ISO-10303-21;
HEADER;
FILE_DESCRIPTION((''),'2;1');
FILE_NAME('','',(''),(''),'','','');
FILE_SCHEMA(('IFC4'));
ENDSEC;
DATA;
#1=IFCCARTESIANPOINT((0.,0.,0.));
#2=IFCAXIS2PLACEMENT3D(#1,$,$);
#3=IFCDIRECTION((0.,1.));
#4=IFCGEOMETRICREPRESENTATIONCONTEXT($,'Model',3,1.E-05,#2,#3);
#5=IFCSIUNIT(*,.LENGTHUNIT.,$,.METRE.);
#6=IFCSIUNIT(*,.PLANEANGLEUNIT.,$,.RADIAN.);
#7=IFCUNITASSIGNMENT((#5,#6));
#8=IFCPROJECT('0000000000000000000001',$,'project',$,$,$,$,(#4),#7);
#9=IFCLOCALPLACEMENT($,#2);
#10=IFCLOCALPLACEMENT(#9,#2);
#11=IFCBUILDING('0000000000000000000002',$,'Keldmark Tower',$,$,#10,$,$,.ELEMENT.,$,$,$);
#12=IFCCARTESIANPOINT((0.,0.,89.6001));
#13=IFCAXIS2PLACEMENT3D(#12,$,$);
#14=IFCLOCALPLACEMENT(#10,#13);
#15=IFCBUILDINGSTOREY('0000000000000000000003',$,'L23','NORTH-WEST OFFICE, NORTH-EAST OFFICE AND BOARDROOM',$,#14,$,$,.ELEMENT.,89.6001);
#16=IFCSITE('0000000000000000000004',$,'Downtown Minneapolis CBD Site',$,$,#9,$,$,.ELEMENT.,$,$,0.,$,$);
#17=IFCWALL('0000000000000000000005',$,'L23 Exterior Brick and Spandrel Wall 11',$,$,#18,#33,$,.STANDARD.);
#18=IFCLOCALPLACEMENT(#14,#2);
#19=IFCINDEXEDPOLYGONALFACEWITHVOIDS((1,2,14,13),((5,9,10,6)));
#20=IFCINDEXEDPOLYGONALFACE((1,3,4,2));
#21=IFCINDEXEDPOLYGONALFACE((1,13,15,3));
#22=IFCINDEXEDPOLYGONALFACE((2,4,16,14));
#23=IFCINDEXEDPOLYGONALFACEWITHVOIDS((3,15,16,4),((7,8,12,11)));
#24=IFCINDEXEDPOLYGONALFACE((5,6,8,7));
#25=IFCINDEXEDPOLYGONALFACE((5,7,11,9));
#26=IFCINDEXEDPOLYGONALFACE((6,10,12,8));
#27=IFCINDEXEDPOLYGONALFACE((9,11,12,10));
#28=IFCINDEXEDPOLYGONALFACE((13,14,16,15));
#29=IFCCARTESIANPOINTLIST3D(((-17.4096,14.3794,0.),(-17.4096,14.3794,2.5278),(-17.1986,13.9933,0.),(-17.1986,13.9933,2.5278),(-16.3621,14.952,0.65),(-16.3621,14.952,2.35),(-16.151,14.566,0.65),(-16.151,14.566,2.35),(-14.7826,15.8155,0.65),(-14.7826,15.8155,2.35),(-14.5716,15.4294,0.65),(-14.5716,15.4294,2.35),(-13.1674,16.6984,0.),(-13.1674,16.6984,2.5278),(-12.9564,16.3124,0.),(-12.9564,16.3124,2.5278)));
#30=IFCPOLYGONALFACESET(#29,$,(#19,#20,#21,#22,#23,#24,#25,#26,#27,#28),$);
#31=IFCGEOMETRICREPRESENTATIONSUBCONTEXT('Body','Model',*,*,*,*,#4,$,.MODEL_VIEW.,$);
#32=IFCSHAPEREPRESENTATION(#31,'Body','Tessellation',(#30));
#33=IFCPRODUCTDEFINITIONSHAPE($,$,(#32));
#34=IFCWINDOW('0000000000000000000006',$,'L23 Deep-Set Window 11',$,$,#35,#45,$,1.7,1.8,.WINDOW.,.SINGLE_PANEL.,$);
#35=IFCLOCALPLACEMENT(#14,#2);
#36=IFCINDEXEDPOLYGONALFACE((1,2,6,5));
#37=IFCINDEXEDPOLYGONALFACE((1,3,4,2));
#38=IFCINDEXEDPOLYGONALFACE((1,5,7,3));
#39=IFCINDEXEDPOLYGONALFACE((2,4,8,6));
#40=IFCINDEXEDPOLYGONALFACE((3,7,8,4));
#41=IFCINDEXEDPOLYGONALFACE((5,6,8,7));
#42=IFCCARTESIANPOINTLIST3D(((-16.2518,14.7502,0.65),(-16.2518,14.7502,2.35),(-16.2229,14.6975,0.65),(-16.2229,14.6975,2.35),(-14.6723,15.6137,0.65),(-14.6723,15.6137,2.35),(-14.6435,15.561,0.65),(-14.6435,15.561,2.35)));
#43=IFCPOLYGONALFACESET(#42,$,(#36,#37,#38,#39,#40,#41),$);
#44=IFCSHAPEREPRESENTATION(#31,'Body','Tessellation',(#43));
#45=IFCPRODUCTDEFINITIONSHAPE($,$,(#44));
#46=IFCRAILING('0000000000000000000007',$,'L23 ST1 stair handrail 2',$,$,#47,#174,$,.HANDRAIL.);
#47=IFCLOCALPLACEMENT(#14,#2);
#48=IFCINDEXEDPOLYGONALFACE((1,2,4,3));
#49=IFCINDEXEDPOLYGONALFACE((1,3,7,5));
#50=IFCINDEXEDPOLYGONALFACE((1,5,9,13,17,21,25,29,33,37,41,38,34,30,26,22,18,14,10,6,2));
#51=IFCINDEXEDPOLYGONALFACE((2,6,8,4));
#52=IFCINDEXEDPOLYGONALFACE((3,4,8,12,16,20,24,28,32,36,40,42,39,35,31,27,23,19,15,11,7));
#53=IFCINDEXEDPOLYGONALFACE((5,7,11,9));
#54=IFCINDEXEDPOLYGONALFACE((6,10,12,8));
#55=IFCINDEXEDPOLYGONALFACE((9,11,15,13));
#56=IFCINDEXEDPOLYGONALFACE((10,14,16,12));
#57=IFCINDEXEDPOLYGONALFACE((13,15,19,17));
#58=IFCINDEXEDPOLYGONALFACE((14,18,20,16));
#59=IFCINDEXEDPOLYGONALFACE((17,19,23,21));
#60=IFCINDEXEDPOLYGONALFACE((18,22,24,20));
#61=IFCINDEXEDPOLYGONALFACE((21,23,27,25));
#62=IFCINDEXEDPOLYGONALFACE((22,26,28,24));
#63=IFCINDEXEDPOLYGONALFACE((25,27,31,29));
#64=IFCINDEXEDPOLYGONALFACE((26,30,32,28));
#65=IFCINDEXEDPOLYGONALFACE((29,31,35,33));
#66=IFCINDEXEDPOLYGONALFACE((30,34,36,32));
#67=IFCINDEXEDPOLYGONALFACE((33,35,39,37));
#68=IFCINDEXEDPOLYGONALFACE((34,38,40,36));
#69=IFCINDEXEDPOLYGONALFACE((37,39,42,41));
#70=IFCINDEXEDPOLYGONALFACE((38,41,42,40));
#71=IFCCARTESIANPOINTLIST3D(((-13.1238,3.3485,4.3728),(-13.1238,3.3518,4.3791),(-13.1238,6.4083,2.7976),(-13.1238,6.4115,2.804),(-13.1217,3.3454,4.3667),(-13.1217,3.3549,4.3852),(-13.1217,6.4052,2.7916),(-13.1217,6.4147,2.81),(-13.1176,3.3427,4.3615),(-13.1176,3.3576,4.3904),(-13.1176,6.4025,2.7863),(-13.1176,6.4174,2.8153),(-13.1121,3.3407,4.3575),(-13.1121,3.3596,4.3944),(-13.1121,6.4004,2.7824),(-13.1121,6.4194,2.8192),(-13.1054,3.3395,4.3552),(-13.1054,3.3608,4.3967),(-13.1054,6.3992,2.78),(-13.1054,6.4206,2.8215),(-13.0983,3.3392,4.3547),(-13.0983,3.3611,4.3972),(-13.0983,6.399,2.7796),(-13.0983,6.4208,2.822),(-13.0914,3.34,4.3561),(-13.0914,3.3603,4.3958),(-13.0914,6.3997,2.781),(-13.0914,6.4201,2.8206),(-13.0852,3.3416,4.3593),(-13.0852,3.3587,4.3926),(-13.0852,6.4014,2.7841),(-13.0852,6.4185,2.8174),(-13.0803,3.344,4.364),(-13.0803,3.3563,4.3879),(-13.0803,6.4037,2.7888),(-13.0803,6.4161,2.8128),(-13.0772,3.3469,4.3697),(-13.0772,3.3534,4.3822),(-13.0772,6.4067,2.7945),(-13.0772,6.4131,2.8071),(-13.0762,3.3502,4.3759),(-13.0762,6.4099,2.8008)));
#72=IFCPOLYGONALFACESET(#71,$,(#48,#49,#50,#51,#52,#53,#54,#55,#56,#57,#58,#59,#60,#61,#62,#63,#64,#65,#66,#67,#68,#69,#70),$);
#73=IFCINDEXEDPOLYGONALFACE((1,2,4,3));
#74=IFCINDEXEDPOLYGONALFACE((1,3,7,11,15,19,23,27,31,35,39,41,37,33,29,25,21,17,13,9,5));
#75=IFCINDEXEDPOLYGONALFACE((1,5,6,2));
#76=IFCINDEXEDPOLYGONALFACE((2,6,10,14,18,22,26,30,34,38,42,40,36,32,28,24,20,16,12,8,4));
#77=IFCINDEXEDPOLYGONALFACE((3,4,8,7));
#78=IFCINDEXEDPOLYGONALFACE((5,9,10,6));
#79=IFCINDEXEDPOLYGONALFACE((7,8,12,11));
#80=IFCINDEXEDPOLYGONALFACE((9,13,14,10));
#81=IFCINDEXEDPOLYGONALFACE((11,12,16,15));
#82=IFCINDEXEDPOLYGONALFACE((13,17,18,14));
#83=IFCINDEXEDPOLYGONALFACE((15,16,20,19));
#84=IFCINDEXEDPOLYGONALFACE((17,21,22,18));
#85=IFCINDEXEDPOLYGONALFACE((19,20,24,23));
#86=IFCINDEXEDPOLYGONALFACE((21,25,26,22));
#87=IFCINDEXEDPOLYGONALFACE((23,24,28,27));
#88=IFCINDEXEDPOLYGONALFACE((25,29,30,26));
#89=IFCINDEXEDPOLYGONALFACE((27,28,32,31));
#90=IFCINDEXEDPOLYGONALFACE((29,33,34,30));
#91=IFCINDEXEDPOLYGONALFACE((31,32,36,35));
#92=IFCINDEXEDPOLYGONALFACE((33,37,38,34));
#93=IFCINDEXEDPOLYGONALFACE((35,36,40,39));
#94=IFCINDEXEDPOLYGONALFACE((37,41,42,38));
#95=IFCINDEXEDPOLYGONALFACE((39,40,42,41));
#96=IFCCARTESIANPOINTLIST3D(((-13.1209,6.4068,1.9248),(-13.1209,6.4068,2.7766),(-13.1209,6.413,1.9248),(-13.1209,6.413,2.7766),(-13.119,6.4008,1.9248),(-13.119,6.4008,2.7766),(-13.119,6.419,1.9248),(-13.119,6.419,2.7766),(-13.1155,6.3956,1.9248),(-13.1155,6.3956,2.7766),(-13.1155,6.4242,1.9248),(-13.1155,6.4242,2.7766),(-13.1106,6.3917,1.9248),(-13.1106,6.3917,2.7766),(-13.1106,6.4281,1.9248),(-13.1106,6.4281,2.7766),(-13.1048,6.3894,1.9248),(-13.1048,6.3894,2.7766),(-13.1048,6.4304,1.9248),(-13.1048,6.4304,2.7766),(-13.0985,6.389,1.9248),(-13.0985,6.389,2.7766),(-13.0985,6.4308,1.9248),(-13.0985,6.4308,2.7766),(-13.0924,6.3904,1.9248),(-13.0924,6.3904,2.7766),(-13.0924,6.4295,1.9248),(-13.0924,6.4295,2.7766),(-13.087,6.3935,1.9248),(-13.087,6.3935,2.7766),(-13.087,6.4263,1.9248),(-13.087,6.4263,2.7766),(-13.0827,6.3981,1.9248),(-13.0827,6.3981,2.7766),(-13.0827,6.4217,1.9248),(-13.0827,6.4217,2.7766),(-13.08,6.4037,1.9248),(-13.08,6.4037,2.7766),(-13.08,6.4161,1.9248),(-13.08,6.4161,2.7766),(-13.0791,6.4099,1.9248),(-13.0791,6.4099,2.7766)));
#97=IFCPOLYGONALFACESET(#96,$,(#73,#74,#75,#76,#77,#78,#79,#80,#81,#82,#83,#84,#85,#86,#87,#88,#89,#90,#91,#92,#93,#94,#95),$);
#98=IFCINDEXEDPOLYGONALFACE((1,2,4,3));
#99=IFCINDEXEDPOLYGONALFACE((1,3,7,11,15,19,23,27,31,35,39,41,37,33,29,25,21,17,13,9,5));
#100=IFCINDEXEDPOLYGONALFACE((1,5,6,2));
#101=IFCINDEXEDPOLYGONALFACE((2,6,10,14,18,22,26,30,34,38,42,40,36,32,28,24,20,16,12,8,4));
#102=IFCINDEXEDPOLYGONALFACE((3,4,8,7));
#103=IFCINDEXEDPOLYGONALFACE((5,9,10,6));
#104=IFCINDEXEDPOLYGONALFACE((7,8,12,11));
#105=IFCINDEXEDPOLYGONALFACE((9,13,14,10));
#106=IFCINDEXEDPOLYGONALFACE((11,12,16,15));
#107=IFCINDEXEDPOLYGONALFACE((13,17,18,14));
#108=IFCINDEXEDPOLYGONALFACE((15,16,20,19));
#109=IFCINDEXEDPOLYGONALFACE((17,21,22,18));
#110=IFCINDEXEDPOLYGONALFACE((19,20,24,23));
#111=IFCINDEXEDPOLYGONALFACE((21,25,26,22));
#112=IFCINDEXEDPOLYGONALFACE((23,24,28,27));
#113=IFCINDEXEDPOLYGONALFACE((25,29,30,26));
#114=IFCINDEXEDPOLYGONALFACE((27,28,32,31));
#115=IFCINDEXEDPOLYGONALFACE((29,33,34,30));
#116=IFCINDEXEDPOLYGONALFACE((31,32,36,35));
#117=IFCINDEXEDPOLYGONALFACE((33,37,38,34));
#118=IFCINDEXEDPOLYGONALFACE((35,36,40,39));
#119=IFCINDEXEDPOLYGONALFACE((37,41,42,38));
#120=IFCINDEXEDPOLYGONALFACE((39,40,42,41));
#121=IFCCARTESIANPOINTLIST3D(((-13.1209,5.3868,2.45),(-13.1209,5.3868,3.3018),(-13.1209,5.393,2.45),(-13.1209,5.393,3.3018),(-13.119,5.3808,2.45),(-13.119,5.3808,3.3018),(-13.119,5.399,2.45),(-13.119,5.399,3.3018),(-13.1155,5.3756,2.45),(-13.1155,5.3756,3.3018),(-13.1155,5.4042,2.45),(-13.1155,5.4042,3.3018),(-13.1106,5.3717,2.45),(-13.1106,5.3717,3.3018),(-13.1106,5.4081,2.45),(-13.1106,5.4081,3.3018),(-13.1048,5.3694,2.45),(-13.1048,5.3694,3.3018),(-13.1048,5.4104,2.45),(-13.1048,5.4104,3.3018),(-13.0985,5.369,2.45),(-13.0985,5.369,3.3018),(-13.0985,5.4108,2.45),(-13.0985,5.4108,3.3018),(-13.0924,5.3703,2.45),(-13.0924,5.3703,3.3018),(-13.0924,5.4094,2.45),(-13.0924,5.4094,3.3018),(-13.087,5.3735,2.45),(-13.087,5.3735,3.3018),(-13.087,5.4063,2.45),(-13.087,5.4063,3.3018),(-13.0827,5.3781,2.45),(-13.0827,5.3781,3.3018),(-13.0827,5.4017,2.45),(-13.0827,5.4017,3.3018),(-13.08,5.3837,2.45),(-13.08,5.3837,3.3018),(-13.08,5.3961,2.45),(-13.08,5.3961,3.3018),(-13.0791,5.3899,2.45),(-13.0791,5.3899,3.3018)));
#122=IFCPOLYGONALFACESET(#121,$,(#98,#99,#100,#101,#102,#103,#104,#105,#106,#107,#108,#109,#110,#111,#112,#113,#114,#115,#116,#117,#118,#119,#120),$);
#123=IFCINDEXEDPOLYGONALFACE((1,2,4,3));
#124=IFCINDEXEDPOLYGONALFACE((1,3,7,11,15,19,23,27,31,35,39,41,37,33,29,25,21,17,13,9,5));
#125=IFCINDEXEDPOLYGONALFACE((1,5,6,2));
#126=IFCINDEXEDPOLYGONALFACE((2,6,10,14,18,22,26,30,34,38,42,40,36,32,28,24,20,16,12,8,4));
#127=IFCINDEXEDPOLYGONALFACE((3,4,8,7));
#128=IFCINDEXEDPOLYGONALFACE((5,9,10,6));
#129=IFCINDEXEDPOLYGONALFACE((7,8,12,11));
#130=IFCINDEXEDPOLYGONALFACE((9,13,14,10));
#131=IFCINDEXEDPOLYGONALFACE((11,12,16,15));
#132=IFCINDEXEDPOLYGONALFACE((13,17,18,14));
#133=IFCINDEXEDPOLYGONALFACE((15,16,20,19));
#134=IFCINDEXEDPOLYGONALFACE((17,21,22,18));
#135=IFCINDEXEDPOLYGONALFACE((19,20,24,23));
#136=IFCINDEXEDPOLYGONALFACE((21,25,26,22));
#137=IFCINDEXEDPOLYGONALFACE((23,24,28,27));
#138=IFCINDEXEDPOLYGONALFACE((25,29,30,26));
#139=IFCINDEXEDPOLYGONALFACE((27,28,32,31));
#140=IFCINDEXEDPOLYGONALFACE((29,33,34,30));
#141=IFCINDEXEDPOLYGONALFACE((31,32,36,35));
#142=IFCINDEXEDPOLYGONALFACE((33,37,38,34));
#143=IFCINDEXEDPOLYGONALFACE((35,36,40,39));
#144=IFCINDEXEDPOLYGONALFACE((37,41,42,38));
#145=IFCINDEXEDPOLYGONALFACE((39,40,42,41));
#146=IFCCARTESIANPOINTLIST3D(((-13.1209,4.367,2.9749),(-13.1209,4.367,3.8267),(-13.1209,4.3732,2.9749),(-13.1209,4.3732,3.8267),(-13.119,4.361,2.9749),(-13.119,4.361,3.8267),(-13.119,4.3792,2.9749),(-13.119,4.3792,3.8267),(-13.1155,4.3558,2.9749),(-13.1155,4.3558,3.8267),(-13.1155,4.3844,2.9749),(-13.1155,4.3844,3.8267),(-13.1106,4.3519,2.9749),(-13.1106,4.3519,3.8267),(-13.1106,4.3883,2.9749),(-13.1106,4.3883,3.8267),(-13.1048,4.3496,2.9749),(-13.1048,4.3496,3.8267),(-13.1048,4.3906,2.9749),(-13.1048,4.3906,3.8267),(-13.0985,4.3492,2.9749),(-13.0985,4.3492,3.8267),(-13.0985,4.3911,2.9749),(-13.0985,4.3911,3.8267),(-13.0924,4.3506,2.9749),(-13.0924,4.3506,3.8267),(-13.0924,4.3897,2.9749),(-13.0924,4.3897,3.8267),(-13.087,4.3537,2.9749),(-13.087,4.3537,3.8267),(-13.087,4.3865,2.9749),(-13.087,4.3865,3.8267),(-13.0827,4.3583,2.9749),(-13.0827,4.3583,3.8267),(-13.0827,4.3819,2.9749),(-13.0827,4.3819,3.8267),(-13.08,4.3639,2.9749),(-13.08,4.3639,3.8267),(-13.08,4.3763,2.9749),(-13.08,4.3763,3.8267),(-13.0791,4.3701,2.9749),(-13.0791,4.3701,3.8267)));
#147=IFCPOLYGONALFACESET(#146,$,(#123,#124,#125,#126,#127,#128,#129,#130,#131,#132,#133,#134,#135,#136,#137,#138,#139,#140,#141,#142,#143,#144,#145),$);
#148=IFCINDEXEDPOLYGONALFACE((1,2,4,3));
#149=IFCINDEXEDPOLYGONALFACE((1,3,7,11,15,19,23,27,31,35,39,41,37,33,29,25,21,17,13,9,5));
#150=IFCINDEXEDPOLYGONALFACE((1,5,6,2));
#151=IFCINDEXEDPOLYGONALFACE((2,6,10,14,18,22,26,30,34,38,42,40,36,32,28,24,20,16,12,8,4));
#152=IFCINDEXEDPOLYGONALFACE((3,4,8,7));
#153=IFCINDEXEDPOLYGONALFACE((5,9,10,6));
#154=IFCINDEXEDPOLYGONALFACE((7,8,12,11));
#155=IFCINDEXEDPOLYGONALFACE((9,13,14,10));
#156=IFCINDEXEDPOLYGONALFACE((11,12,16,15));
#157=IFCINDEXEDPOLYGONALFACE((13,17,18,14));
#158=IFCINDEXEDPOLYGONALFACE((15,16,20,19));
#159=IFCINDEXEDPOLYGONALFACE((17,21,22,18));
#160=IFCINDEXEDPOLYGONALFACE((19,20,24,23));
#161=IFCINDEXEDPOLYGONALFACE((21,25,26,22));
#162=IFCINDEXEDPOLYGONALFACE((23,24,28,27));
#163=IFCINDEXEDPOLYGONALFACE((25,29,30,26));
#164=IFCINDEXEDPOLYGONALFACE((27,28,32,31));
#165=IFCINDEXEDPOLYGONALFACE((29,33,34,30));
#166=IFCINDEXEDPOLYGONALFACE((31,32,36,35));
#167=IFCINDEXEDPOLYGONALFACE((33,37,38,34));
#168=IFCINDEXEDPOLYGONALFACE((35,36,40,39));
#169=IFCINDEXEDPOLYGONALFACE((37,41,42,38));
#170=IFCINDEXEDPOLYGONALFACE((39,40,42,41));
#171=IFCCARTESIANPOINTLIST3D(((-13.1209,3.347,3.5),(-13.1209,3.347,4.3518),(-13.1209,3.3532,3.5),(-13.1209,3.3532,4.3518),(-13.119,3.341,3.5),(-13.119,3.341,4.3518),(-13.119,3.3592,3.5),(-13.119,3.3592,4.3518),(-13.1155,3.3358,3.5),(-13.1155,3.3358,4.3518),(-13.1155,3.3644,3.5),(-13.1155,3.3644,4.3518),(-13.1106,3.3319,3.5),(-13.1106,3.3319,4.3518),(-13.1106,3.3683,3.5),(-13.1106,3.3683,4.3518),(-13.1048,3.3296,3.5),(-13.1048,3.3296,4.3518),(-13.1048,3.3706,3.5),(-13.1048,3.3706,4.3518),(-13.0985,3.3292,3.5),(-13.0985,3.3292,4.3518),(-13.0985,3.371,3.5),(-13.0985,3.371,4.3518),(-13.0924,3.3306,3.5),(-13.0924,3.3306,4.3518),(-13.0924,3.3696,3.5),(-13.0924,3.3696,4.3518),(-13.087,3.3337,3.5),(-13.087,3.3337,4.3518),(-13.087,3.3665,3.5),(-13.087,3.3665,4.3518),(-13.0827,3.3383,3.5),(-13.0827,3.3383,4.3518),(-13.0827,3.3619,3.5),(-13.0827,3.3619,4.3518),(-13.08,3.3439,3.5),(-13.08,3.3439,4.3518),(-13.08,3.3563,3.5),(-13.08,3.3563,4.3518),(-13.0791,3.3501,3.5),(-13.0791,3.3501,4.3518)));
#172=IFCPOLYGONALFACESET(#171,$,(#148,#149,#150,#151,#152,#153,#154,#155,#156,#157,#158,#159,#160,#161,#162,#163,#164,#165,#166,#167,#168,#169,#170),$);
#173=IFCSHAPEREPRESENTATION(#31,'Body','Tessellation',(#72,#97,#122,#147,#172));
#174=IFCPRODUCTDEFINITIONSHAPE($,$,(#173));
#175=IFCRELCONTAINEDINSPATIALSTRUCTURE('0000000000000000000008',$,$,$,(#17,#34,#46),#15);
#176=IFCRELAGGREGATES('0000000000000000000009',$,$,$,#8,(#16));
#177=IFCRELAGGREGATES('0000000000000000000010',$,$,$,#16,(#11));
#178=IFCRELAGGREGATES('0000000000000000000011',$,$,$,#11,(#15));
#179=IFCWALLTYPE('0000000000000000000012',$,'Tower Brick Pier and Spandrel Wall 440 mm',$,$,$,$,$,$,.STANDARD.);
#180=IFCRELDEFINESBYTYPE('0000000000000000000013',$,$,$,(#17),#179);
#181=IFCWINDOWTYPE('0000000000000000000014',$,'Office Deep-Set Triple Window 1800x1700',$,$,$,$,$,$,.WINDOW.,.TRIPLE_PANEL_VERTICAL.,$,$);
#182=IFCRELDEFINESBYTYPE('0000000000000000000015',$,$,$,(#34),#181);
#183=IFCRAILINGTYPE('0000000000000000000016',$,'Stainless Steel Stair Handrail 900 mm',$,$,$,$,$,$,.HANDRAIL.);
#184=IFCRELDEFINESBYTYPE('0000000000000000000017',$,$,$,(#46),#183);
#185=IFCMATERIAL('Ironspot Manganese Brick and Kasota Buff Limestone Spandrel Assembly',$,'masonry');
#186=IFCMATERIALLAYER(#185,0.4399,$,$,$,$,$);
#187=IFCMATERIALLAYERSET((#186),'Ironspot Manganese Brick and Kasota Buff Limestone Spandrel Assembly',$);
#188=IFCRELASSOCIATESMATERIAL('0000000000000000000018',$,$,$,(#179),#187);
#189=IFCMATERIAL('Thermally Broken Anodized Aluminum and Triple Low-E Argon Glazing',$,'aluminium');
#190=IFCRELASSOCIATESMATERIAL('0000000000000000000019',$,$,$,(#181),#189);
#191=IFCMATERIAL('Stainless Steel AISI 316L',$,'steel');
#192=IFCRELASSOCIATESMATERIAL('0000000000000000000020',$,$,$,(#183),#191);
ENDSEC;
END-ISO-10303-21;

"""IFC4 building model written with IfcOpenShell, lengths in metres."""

from ifc_helpers import new_model, si_unit, direction, frame, frame_2d, origin, origin_2d, place, context, subcontext, project, spatial, rectangle, circle, extrude, material, layer, layer_set, type_object, element, fill, save


model = new_model("IFC4")

# Units and contexts
model_context = context("Model", 3, precision=1e-05, world=origin(), true_north=direction((0.0, 1.0)))
body_context = subcontext(model_context, "Body", "Model", "MODEL_VIEW")
ifc_project = project(units=[si_unit("LENGTHUNIT", "METRE"), si_unit("PLANEANGLEUNIT", "RADIAN")], contexts=[model_context])

# Site, building, storey
site_placement = place(None, origin())
site = spatial("IfcSite", under=ifc_project, at=site_placement, Name="Downtown Minneapolis CBD Site", CompositionType="ELEMENT", RefElevation=0.0)
building_placement = place(site_placement, origin())
building = spatial("IfcBuilding", under=site, at=building_placement, Name="Keldmark Tower", CompositionType="ELEMENT")
storey_placement = place(building_placement, frame((0.0, 0.0, 89.6001)))
storey = spatial("IfcBuildingStorey", under=building, at=storey_placement, Name="L23", Description="NORTH-WEST OFFICE, NORTH-EAST OFFICE AND BOARDROOM", CompositionType="ELEMENT", Elevation=89.6001)

# Wall, opening, window
ifc_material_1 = material(Name="Ironspot Manganese Brick and Kasota Buff Limestone Spandrel Assembly", Category="masonry")
ifc_layer_1 = layer(ifc_material_1, 0.4399)
ifc_layer_set_1 = layer_set([ifc_layer_1], Name="Ironspot Manganese Brick and Kasota Buff Limestone Spandrel Assembly")
wall_type_1 = type_object("IfcWallType", Name="Tower Brick Pier and Spandrel Wall 440 mm", PredefinedType="STANDARD", material=ifc_layer_set_1)
ifc_material_2 = material(Name="Thermally Broken Anodized Aluminum and Triple Low-E Argon Glazing", Category="aluminium")
window_type = type_object("IfcWindowType", Name="Office Deep-Set Triple Window 1800x1700", PartitioningType="TRIPLE_PANEL_VERTICAL", PredefinedType="WINDOW", material=ifc_material_2)
wall_1_placement = place(storey_placement, frame((-17.3042, 14.1863, 0.0), z_axis=(0.0, 0.0, 1.0), x_axis=(0.877446, 0.479676, 0.0)))
wall_1 = element("IfcWall", 1, at=wall_1_placement, inside=storey, type_object=wall_type_1, Name="L23 Exterior Brick and Spandrel Wall 11", PredefinedType="STANDARD", context=body_context, shape_type="SweptSolid", body=[
    extrude(rectangle(XDim=4.8347, YDim=0.4399, at=frame_2d((2.4175, 0.0))), origin(), (0.0, 0.0, 1.0), 2.5278),
])
opening_1_placement = place(wall_1_placement, frame((1.1941, 0.0, 0.6499)))
opening_1 = element("IfcOpeningElement", 2, at=opening_1_placement, cuts=wall_1, PredefinedType="OPENING", context=body_context, shape_type="SweptSolid", body=[
    extrude(rectangle(XDim=1.8, YDim=1.7, at=frame_2d((0.8999, 0.8501))), frame((0.0, 0.23, 0.0), z_axis=(0.0, -1.0, 0.0), x_axis=(1.0, 0.0, 0.0)), (0.0, 0.0, 1.0), 0.46),
])
window_1_placement = place(opening_1_placement, origin())
window_1 = element("IfcWindow", 3, at=window_1_placement, inside=storey, type_object=window_type, Name="L23 Deep-Set Window 11", OverallHeight=1.7, OverallWidth=1.8, PartitioningType="SINGLE_PANEL", PredefinedType="WINDOW", context=body_context, shape_type="SweptSolid", body=[
    extrude(rectangle(XDim=1.8, YDim=1.7, at=frame_2d((0.8999, 0.8501))), frame((0.0, -0.01, 0.0), z_axis=(0.0, -1.0, 0.0), x_axis=(1.0, 0.0, 0.0)), (0.0, 0.0, 1.0), 0.0601),
])
fill(opening_1, window_1)

# Railing
ifc_material_3 = material(Name="Stainless Steel AISI 316L", Category="steel")
railing_type = type_object("IfcRailingType", Name="Stainless Steel Stair Handrail 900 mm", PredefinedType="HANDRAIL", material=ifc_material_3)
railing_placement = place(storey_placement, frame((-13.1001, 6.4099, 1.9248)))
element("IfcRailing", 4, at=railing_placement, inside=storey, type_object=railing_type, Name="L23 ST1 stair handrail 2", PredefinedType="HANDRAIL", context=body_context, shape_type="SweptSolid", body=[
    extrude(circle(Radius=0.0239, at=origin_2d()), frame((0.0, 0.0, 0.876), z_axis=(0.0, -0.889101, 0.45771), x_axis=(1.0, 0.0, 0.0)), (0.0, 0.0, 1.0), 3.4414),
    extrude(circle(Radius=0.021, at=origin_2d()), origin(), (0.0, 0.0, 1.0), 0.8518),
    extrude(circle(Radius=0.021, at=origin_2d()), frame((0.0, -1.02, 0.5251)), (0.0, 0.0, 1.0), 0.8518),
    extrude(circle(Radius=0.021, at=origin_2d()), frame((0.0, -2.0398, 1.05)), (0.0, 0.0, 1.0), 0.8518),
    extrude(circle(Radius=0.021, at=origin_2d()), frame((0.0, -3.0598, 1.5752)), (0.0, 0.0, 1.0), 0.8518),
])

save(model, "model.ifc")
